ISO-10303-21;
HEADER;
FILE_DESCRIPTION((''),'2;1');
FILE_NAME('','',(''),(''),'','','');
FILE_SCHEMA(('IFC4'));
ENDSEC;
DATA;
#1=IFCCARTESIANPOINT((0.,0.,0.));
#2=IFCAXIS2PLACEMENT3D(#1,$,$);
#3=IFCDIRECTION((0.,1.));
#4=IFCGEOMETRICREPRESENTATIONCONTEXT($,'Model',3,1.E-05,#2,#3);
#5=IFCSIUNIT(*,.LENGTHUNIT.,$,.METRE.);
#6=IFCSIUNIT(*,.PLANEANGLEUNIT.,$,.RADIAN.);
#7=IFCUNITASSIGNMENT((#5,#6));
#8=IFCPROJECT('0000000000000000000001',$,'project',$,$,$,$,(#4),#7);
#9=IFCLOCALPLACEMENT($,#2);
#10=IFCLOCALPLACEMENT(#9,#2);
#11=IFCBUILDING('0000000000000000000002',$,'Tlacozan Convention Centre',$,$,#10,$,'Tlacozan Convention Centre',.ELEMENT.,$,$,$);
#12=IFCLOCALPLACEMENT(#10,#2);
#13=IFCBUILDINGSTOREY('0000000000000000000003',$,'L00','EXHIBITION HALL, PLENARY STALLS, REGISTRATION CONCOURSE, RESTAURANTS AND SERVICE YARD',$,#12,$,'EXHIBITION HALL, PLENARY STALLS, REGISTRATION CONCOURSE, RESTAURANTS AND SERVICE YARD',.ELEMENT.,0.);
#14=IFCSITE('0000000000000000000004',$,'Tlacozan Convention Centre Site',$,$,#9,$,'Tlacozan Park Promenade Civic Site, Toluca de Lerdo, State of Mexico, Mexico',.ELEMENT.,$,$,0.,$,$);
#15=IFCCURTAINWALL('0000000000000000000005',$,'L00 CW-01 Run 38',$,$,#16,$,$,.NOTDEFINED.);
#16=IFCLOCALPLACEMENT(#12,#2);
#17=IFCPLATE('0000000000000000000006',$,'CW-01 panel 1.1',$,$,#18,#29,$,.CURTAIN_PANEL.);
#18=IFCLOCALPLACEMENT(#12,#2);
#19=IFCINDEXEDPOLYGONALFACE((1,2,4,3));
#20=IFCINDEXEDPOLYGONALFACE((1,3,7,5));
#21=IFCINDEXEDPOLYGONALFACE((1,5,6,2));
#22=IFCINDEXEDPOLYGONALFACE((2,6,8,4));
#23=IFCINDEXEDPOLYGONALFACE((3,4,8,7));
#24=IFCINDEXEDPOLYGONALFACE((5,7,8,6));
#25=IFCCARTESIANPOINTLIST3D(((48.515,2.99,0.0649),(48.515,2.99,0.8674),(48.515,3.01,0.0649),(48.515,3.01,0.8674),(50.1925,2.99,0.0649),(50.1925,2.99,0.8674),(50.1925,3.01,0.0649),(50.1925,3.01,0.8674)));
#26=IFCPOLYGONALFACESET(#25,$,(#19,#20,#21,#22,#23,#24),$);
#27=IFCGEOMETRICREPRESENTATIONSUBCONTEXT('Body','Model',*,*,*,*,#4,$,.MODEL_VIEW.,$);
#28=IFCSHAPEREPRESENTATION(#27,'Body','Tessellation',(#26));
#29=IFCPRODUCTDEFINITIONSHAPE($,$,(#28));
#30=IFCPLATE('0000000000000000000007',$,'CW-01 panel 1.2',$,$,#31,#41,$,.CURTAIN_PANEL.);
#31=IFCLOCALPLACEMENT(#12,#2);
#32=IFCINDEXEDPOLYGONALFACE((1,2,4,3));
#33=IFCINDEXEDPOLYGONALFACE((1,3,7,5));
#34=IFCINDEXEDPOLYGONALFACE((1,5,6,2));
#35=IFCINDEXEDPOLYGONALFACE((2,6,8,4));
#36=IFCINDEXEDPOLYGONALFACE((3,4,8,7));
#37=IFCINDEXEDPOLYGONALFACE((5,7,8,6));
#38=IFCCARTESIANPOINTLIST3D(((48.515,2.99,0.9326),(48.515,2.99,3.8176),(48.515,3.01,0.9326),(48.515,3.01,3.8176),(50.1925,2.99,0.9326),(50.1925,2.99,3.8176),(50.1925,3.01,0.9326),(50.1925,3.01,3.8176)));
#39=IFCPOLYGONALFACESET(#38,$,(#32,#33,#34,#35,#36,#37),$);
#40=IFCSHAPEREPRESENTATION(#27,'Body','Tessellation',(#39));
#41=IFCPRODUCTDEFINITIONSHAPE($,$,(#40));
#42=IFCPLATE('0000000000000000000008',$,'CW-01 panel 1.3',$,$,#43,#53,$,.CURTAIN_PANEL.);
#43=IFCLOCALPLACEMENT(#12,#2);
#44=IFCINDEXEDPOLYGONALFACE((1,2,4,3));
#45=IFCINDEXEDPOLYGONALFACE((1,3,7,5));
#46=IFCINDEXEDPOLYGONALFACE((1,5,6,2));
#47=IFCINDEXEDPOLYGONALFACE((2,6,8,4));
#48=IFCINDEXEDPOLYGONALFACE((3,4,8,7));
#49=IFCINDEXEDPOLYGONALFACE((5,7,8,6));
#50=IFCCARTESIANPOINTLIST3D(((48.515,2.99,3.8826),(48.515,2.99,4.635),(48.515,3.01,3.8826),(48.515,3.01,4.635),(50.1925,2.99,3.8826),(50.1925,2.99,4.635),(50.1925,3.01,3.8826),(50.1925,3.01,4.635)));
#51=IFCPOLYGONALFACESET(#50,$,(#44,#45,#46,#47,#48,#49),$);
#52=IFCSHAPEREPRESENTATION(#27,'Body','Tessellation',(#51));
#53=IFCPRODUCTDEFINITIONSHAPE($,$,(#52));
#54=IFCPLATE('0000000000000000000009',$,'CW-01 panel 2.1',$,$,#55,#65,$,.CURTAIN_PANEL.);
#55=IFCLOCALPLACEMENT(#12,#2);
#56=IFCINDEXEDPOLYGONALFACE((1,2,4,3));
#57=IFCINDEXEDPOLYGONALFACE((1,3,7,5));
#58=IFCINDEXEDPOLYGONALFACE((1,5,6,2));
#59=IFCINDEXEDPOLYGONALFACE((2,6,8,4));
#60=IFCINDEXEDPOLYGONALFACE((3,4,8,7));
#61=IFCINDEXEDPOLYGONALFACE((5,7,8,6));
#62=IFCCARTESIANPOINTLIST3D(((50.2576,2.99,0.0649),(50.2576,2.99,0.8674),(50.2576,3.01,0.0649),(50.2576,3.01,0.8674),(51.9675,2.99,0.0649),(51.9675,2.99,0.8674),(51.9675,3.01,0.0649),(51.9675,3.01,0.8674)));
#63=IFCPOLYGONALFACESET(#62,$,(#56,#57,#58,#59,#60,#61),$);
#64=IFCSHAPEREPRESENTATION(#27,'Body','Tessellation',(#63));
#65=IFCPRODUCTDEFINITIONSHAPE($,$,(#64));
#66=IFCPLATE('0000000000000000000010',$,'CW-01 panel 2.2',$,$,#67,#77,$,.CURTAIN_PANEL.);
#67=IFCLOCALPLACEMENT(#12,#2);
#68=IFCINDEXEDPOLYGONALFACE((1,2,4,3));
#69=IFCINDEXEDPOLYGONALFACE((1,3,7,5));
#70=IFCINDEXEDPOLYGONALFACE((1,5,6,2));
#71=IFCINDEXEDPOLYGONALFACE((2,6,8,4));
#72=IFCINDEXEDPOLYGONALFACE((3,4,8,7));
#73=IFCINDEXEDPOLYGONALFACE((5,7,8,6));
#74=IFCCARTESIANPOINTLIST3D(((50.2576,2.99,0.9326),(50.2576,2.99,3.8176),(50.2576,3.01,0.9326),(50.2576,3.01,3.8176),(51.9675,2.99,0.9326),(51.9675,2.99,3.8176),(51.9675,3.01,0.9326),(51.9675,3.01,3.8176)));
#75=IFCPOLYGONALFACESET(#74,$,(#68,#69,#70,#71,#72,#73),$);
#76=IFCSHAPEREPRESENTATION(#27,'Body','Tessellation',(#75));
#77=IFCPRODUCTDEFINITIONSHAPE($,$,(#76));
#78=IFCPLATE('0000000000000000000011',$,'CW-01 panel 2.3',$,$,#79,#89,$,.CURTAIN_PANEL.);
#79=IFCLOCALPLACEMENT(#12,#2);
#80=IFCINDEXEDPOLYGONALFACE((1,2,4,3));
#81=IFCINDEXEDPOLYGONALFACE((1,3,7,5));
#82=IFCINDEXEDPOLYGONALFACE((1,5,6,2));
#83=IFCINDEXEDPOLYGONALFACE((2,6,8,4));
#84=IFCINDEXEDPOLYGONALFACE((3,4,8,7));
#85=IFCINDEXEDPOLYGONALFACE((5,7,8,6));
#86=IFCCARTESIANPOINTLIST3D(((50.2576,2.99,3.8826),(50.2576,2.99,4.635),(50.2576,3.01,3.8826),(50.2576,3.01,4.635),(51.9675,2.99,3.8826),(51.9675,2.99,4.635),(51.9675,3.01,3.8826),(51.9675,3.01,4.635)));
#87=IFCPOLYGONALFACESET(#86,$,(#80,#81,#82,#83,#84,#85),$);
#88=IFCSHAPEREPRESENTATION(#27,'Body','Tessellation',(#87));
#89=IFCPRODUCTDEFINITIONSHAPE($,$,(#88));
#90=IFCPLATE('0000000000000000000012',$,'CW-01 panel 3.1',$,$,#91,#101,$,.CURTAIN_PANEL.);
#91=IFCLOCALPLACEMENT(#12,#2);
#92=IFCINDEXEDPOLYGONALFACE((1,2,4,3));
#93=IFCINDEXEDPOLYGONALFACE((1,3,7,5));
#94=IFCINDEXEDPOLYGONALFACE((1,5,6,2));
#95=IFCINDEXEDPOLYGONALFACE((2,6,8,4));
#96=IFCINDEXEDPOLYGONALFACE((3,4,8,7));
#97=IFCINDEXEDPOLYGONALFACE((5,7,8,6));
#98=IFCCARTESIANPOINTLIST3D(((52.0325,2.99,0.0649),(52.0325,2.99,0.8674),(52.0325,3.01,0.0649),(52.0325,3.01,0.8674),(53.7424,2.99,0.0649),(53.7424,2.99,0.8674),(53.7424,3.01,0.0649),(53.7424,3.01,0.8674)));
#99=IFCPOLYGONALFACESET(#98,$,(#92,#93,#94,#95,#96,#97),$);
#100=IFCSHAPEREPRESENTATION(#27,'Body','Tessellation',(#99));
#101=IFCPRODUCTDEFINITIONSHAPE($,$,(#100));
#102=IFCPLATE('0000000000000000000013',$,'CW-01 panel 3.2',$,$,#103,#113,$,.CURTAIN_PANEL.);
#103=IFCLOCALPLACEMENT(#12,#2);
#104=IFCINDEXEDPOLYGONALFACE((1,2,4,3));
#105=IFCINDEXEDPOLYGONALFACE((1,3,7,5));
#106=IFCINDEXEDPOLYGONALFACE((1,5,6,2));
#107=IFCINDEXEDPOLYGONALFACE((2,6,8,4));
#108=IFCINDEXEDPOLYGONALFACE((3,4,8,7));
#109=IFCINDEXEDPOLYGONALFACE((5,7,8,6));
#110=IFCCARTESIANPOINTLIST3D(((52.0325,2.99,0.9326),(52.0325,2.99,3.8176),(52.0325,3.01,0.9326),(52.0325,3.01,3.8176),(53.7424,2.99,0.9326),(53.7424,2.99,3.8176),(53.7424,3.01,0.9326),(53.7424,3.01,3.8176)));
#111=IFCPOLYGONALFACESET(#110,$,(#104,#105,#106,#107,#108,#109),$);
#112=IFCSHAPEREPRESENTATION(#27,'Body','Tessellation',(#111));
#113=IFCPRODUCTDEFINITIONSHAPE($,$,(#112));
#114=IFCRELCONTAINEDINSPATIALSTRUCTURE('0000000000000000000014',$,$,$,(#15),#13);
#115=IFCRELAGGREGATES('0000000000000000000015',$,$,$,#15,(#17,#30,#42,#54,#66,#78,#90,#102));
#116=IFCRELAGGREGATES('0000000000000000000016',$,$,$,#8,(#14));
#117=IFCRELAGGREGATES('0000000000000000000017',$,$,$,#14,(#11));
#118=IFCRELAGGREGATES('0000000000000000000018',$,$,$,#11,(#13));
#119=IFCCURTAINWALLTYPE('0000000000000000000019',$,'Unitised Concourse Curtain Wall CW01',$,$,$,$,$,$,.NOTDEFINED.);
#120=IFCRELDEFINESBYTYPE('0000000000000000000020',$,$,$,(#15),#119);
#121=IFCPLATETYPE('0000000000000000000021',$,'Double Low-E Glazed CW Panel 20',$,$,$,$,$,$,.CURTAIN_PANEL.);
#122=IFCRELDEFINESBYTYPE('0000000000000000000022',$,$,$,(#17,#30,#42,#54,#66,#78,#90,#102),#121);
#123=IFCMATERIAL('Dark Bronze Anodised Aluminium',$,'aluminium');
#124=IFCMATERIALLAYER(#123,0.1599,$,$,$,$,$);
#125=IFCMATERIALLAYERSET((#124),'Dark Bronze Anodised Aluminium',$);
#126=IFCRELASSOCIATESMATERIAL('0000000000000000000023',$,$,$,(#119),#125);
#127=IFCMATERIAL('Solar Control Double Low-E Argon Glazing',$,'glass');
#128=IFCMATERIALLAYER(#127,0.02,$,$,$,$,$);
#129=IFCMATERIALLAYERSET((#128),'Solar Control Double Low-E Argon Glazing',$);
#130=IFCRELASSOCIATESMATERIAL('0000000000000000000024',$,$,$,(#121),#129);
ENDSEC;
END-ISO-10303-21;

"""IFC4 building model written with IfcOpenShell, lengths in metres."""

from ifc_helpers import new_model, si_unit, direction, frame, origin, origin_2d, place, context, subcontext, project, spatial, rectangle, extrude, material, layer, layer_set, type_object, element, aggregate, save


model = new_model("IFC4")

# Units and contexts
model_context = context("Model", 3, precision=1e-05, world=origin(), true_north=direction((0.0, 1.0)))
body_context = subcontext(model_context, "Body", "Model", "MODEL_VIEW")
ifc_project = project(units=[si_unit("LENGTHUNIT", "METRE"), si_unit("PLANEANGLEUNIT", "RADIAN")], contexts=[model_context])

# Site, building, storey
site_placement = place(None, origin())
site = spatial("IfcSite", under=ifc_project, at=site_placement, Name="Tlacozan Convention Centre Site", LongName="Tlacozan Park Promenade Civic Site, Toluca de Lerdo, State of Mexico, Mexico", CompositionType="ELEMENT", RefElevation=0.0)
building_placement = place(site_placement, origin())
building = spatial("IfcBuilding", under=site, at=building_placement, Name="Tlacozan Convention Centre", LongName="Tlacozan Convention Centre", CompositionType="ELEMENT")
storey_placement = place(building_placement, origin())
storey = spatial("IfcBuildingStorey", under=building, at=storey_placement, Name="L00", Description="EXHIBITION HALL, PLENARY STALLS, REGISTRATION CONCOURSE, RESTAURANTS AND SERVICE YARD", LongName="EXHIBITION HALL, PLENARY STALLS, REGISTRATION CONCOURSE, RESTAURANTS AND SERVICE YARD", CompositionType="ELEMENT", Elevation=0.0)

# Curtain wall, plates
ifc_material_1 = material(Name="Dark Bronze Anodised Aluminium", Category="aluminium")
ifc_layer_1 = layer(ifc_material_1, 0.1599)
ifc_layer_set_1 = layer_set([ifc_layer_1], Name="Dark Bronze Anodised Aluminium")
curtain_wall_type = type_object("IfcCurtainWallType", Name="Unitised Concourse Curtain Wall CW01", PredefinedType="NOTDEFINED", material=ifc_layer_set_1)
curtain_wall_placement = place(storey_placement, origin())
curtain_wall = element("IfcCurtainWall", 1, at=curtain_wall_placement, inside=storey, type_object=curtain_wall_type, Name="L00 CW-01 Run 38", PredefinedType="NOTDEFINED")
ifc_material_2 = material(Name="Solar Control Double Low-E Argon Glazing", Category="glass")
ifc_layer_2 = layer(ifc_material_2, 0.02)
ifc_layer_set_2 = layer_set([ifc_layer_2], Name="Solar Control Double Low-E Argon Glazing")
plate_type = type_object("IfcPlateType", Name="Double Low-E Glazed CW Panel 20", PredefinedType="CURTAIN_PANEL", material=ifc_layer_set_2)
plate_1_placement = place(storey_placement, frame((49.3538, 3.0, 0.0649), z_axis=(0.0, 0.0, 1.0), x_axis=(1.0, 0.0, 0.0)))
plate_1 = element("IfcPlate", 2, at=plate_1_placement, type_object=plate_type, Name="CW-01 panel 1.1", PredefinedType="CURTAIN_PANEL", context=body_context, shape_type="SweptSolid", body=[
    extrude(rectangle(XDim=1.6775, YDim=0.02, at=origin_2d()), origin(), (0.0, 0.0, 1.0), 0.8025),
])
plate_2_placement = place(storey_placement, frame((49.3538, 3.0, 0.9326), z_axis=(0.0, 0.0, 1.0), x_axis=(1.0, 0.0, 0.0)))
plate_2 = element("IfcPlate", 3, at=plate_2_placement, type_object=plate_type, Name="CW-01 panel 1.2", PredefinedType="CURTAIN_PANEL", context=body_context, shape_type="SweptSolid", body=[
    extrude(rectangle(XDim=1.6775, YDim=0.02, at=origin_2d()), origin(), (0.0, 0.0, 1.0), 2.885),
])
plate_3_placement = place(storey_placement, frame((49.3538, 3.0, 3.8826), z_axis=(0.0, 0.0, 1.0), x_axis=(1.0, 0.0, 0.0)))
plate_3 = element("IfcPlate", 4, at=plate_3_placement, type_object=plate_type, Name="CW-01 panel 1.3", PredefinedType="CURTAIN_PANEL", context=body_context, shape_type="SweptSolid", body=[
    extrude(rectangle(XDim=1.6775, YDim=0.02, at=origin_2d()), origin(), (0.0, 0.0, 1.0), 0.7524),
])
plate_4_placement = place(storey_placement, frame((51.1125, 3.0, 0.0649), z_axis=(0.0, 0.0, 1.0), x_axis=(1.0, 0.0, 0.0)))
plate_4 = element("IfcPlate", 5, at=plate_4_placement, type_object=plate_type, Name="CW-01 panel 2.1", PredefinedType="CURTAIN_PANEL", context=body_context, shape_type="SweptSolid", body=[
    extrude(rectangle(XDim=1.71, YDim=0.02, at=origin_2d()), origin(), (0.0, 0.0, 1.0), 0.8025),
])
plate_5_placement = place(storey_placement, frame((51.1125, 3.0, 0.9326), z_axis=(0.0, 0.0, 1.0), x_axis=(1.0, 0.0, 0.0)))
plate_5 = element("IfcPlate", 6, at=plate_5_placement, type_object=plate_type, Name="CW-01 panel 2.2", PredefinedType="CURTAIN_PANEL", context=body_context, shape_type="SweptSolid", body=[
    extrude(rectangle(XDim=1.71, YDim=0.02, at=origin_2d()), origin(), (0.0, 0.0, 1.0), 2.885),
])
plate_6_placement = place(storey_placement, frame((51.1125, 3.0, 3.8826), z_axis=(0.0, 0.0, 1.0), x_axis=(1.0, 0.0, 0.0)))
plate_6 = element("IfcPlate", 7, at=plate_6_placement, type_object=plate_type, Name="CW-01 panel 2.3", PredefinedType="CURTAIN_PANEL", context=body_context, shape_type="SweptSolid", body=[
    extrude(rectangle(XDim=1.71, YDim=0.02, at=origin_2d()), origin(), (0.0, 0.0, 1.0), 0.7524),
])
plate_7_placement = place(storey_placement, frame((52.8875, 3.0, 0.0649), z_axis=(0.0, 0.0, 1.0), x_axis=(1.0, 0.0, 0.0)))
plate_7 = element("IfcPlate", 8, at=plate_7_placement, type_object=plate_type, Name="CW-01 panel 3.1", PredefinedType="CURTAIN_PANEL", context=body_context, shape_type="SweptSolid", body=[
    extrude(rectangle(XDim=1.71, YDim=0.02, at=origin_2d()), origin(), (0.0, 0.0, 1.0), 0.8025),
])
plate_8_placement = place(storey_placement, frame((52.8875, 3.0, 0.9326), z_axis=(0.0, 0.0, 1.0), x_axis=(1.0, 0.0, 0.0)))
plate_8 = element("IfcPlate", 9, at=plate_8_placement, type_object=plate_type, Name="CW-01 panel 3.2", PredefinedType="CURTAIN_PANEL", context=body_context, shape_type="SweptSolid", body=[
    extrude(rectangle(XDim=1.71, YDim=0.02, at=origin_2d()), origin(), (0.0, 0.0, 1.0), 2.885),
])
aggregate(curtain_wall, [plate_1, plate_2, plate_3, plate_4, plate_5, plate_6, plate_7, plate_8])

save(model, "model.ifc")
